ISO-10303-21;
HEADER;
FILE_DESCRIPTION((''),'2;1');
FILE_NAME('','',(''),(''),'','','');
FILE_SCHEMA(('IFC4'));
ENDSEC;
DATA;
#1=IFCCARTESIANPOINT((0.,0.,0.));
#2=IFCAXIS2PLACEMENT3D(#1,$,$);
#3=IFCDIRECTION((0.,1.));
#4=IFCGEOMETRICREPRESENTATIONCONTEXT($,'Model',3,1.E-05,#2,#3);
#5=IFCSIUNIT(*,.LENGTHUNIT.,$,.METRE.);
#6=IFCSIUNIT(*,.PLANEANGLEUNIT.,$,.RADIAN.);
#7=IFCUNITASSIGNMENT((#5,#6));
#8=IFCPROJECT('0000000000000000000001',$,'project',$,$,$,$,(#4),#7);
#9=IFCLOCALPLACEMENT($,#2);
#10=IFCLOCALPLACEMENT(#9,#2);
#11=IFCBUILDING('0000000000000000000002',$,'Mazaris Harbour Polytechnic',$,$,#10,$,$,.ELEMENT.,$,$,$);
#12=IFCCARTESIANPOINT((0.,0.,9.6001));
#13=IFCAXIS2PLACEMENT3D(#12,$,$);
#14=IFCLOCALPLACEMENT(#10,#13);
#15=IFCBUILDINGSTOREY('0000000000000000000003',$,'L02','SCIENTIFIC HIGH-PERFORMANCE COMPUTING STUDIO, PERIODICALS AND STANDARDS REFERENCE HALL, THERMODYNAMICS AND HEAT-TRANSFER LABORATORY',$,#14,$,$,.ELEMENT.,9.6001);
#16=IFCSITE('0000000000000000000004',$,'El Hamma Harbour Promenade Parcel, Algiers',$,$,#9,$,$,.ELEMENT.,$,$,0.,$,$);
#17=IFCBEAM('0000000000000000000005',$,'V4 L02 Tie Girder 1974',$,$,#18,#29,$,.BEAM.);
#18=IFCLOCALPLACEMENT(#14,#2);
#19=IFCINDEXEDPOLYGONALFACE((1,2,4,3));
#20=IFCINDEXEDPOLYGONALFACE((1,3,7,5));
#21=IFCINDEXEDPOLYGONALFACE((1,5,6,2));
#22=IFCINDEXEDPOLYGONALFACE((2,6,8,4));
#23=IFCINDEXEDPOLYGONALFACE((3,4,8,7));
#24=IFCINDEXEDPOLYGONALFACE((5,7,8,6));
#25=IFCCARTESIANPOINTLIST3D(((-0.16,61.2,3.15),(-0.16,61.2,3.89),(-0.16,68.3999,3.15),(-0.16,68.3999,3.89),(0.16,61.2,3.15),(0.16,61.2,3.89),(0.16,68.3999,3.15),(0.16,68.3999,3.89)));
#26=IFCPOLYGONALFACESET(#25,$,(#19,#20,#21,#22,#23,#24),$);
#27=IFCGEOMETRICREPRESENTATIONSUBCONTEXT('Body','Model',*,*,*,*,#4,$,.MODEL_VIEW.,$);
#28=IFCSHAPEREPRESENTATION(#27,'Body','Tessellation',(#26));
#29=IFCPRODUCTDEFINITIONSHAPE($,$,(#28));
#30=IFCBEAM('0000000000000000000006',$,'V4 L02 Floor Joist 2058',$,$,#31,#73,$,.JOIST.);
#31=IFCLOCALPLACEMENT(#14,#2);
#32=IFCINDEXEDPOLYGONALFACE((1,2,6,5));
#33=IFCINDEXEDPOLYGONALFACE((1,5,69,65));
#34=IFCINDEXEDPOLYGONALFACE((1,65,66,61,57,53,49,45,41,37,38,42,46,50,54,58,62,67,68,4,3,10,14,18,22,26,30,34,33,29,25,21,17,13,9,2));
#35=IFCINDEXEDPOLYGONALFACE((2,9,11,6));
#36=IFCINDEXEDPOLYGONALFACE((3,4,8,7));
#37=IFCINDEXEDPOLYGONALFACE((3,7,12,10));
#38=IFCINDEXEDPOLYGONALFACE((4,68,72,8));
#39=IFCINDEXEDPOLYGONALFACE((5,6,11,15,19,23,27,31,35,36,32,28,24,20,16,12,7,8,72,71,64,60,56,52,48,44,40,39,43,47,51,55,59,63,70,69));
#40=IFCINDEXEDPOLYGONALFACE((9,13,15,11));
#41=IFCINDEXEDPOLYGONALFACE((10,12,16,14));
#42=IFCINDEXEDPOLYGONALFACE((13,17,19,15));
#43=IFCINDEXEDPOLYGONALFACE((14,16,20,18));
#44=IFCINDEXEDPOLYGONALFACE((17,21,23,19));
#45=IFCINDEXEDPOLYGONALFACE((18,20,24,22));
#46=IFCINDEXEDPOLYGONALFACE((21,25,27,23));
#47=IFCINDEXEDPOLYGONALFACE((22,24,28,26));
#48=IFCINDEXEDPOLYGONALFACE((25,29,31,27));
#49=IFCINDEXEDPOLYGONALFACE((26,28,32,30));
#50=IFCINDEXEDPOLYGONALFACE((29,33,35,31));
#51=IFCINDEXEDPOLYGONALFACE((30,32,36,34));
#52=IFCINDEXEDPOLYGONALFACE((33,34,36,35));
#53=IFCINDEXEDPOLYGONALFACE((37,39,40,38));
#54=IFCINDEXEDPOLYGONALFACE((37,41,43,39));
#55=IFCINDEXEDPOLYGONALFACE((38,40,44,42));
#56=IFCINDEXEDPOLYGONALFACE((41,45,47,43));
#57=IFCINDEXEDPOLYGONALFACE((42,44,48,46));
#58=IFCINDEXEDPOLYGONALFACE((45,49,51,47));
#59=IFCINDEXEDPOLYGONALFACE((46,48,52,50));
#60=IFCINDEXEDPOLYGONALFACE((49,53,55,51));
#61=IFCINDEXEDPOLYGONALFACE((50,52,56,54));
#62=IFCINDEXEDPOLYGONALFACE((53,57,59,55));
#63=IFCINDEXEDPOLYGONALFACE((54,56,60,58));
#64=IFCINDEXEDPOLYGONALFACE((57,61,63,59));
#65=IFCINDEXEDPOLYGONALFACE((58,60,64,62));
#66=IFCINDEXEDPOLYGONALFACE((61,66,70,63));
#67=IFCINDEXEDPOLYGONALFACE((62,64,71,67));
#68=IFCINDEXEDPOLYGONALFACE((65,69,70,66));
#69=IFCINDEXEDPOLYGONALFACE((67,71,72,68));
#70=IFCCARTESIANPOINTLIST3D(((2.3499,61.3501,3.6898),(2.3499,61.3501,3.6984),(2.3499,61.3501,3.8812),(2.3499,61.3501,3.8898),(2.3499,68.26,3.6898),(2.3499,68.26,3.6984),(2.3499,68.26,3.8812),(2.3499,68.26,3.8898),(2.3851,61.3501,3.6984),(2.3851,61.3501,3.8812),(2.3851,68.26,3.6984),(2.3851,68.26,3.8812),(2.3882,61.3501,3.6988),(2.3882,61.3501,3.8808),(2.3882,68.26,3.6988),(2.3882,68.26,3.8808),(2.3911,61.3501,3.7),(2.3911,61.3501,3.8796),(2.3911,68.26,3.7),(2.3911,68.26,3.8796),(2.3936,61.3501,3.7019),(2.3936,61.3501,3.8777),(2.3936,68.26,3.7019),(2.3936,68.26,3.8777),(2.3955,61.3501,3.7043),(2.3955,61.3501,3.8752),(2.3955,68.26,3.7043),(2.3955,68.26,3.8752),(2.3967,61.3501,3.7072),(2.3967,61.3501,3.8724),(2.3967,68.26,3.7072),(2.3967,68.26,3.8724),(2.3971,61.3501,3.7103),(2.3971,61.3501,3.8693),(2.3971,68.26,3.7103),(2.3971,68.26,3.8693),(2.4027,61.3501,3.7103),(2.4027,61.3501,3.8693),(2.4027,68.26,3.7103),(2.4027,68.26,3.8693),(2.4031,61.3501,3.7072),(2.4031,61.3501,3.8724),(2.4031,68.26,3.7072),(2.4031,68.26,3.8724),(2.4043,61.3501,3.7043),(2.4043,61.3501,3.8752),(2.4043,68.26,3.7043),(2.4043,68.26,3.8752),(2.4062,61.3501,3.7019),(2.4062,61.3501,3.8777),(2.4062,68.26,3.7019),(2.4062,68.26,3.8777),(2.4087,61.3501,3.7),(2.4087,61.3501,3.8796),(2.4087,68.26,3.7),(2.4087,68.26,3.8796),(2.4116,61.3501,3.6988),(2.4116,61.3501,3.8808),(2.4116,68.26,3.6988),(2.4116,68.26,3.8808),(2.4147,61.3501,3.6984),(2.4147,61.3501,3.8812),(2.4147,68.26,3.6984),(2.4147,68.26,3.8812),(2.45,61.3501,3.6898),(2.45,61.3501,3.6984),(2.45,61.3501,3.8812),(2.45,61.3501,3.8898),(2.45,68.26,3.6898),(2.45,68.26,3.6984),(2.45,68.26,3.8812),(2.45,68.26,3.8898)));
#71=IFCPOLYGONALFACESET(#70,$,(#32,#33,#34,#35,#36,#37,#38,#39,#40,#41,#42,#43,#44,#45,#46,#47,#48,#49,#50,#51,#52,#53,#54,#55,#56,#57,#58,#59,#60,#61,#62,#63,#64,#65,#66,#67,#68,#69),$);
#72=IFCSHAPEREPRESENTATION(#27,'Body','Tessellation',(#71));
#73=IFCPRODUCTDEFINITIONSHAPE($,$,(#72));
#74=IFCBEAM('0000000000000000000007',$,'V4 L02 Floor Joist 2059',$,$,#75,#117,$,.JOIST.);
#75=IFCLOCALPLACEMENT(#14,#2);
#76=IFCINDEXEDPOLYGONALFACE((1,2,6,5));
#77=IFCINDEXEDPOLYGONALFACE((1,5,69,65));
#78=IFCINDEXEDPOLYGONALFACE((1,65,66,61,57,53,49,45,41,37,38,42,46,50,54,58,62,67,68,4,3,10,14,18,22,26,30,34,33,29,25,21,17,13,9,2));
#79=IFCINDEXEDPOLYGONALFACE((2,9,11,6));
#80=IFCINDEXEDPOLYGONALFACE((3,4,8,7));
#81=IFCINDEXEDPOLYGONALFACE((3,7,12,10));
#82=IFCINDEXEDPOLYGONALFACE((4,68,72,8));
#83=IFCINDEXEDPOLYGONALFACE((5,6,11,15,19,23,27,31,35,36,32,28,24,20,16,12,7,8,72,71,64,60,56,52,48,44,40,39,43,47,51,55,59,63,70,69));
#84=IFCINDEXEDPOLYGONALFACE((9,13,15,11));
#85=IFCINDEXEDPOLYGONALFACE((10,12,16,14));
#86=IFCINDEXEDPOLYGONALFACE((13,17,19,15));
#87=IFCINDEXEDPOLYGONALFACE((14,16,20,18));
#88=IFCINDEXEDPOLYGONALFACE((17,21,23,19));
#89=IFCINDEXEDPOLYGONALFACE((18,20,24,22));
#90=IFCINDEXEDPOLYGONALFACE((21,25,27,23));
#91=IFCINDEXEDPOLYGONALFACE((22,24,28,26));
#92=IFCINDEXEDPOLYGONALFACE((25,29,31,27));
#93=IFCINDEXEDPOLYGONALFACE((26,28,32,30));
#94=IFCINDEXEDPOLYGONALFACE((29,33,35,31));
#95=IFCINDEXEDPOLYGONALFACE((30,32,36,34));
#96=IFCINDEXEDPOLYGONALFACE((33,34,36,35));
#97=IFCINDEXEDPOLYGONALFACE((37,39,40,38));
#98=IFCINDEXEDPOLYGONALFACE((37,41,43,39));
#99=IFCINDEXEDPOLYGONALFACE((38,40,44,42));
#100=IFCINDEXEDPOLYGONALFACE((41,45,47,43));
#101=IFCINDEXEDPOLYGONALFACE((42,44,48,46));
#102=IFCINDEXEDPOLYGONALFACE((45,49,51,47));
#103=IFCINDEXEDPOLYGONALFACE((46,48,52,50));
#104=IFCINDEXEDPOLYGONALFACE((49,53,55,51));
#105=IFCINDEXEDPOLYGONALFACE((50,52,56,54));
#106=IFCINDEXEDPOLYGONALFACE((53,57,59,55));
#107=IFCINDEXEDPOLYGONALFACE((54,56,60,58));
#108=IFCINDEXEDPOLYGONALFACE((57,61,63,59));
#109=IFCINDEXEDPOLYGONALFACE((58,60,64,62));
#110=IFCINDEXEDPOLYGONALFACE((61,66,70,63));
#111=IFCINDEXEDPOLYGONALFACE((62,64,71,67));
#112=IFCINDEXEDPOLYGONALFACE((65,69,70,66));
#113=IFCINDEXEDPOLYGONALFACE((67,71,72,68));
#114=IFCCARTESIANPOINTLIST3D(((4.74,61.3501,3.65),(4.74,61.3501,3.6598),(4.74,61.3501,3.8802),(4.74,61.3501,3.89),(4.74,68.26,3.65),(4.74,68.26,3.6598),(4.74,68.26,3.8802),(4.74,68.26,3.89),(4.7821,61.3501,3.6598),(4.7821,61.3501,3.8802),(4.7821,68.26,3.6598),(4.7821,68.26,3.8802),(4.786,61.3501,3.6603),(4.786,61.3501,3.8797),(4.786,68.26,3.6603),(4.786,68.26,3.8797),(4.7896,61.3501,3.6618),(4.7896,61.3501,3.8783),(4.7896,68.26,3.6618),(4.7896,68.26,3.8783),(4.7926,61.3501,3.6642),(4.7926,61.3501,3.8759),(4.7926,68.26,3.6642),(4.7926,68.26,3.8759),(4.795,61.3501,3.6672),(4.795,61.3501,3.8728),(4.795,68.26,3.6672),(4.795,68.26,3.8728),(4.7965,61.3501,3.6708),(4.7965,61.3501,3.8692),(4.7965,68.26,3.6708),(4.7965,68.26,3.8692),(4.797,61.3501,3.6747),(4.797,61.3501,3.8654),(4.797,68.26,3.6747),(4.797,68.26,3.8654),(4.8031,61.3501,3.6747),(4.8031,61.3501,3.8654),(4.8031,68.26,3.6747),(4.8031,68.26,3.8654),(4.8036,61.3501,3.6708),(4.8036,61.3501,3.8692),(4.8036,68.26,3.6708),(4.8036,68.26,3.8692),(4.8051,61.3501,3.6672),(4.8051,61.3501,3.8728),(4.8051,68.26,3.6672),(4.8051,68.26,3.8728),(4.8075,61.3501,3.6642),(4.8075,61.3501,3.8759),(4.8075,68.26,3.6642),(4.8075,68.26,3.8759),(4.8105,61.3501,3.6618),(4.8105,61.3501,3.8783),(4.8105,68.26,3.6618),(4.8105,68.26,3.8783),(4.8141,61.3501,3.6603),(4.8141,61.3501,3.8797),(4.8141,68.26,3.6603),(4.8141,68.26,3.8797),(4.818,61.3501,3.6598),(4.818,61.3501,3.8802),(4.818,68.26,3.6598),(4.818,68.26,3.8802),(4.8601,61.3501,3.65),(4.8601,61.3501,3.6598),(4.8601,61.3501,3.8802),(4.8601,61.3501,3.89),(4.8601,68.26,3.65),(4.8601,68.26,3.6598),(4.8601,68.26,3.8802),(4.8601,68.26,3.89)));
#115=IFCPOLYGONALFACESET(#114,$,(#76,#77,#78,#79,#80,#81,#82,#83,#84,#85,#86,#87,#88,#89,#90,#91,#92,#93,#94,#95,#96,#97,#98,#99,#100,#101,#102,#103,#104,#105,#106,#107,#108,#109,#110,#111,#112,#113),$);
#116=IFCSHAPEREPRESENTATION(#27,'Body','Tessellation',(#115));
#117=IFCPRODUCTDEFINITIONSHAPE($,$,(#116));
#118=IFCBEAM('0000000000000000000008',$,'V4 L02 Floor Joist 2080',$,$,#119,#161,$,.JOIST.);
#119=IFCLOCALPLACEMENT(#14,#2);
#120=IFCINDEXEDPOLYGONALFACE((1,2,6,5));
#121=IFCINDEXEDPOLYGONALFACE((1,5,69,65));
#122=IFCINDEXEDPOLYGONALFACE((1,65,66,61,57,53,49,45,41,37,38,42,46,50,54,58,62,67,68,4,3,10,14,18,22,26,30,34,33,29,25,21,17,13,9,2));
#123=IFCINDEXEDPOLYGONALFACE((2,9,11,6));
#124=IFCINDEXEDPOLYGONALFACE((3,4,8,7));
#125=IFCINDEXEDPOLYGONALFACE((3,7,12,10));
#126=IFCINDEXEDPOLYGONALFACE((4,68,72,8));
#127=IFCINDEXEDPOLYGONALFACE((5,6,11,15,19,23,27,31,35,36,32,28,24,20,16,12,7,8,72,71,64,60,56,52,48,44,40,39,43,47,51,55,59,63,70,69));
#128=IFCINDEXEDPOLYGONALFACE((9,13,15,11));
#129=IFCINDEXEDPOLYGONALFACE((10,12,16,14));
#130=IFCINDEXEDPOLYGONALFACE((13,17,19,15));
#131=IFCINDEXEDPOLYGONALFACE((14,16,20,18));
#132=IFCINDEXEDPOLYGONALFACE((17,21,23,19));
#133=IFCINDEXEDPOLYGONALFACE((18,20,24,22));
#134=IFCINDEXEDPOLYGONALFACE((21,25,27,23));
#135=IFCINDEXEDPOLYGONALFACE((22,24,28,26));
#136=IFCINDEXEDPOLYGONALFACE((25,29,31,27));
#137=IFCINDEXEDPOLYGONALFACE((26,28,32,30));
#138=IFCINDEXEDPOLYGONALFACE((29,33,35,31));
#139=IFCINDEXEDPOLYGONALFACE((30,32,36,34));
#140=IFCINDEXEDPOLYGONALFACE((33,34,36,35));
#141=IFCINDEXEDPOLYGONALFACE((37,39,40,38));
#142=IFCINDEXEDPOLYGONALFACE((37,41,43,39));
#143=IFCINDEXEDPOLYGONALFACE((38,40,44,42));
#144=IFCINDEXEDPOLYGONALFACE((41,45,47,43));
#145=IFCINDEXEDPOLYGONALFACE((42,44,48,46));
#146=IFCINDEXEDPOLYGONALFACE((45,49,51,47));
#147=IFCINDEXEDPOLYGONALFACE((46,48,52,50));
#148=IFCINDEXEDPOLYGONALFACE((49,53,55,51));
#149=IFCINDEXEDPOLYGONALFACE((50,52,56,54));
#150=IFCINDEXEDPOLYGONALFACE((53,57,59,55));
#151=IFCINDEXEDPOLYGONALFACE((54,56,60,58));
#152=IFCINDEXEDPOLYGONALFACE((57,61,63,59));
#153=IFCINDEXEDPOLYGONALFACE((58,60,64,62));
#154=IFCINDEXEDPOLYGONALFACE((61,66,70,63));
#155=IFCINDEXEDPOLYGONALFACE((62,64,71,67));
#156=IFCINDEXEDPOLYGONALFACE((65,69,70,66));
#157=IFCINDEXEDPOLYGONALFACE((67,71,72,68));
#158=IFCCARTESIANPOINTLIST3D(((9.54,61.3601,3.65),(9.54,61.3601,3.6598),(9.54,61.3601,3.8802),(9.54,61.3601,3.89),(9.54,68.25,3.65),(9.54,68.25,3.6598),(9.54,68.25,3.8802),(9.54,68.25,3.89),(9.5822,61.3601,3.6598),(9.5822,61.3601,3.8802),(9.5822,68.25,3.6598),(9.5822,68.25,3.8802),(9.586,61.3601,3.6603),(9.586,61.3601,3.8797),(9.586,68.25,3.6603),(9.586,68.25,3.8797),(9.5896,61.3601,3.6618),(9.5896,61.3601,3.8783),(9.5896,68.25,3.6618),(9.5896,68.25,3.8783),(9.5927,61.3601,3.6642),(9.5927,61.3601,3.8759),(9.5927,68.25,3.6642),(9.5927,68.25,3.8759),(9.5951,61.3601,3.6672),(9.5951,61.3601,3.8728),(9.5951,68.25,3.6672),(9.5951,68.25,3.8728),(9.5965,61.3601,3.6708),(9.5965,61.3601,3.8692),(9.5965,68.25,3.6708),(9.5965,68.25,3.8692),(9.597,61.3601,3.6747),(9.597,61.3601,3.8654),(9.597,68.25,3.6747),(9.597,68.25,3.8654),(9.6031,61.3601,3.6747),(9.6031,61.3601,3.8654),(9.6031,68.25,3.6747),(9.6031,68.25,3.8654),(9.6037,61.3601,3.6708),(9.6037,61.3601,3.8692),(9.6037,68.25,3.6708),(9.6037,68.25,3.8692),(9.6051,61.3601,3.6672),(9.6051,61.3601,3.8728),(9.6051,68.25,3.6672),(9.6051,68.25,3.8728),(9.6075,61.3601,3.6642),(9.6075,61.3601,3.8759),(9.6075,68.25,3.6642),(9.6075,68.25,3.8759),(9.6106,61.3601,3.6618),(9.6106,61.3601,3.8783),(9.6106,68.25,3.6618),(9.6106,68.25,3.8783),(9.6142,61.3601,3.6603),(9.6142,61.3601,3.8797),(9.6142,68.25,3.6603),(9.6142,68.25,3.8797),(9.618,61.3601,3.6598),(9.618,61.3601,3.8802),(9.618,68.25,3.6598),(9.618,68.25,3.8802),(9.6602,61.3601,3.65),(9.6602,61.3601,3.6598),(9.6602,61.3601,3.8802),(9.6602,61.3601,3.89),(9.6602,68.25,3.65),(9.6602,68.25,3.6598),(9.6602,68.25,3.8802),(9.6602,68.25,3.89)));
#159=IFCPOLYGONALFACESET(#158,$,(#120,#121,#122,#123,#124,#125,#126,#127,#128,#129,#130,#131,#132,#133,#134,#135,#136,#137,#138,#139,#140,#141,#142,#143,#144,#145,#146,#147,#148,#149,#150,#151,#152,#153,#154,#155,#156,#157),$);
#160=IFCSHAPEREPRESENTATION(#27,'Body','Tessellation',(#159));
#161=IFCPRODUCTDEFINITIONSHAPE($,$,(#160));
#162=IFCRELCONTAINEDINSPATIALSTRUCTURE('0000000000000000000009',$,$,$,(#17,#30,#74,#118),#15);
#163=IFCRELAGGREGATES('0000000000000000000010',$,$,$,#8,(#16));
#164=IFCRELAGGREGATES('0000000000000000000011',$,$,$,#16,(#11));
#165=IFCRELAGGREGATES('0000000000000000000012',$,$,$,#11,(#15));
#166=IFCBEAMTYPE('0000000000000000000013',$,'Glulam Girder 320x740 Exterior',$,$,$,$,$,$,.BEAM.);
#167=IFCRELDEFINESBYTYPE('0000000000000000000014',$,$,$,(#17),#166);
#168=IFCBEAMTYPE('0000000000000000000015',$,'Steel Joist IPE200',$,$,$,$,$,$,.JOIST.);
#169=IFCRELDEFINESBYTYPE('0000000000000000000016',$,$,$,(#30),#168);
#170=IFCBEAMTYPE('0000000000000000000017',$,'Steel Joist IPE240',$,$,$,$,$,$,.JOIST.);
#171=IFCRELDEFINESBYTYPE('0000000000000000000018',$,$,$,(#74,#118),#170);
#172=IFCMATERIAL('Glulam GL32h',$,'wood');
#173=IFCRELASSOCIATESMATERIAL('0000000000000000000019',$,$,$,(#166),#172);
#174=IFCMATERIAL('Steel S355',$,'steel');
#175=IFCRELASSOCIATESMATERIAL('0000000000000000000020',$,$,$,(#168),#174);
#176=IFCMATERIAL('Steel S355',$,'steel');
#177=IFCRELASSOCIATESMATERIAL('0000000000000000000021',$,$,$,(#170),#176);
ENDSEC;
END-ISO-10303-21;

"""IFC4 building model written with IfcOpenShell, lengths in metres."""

from ifc_helpers import new_model, si_unit, direction, frame, origin, origin_2d, place, context, subcontext, project, spatial, rectangle, i_section, extrude, material, material_profile, profile_set, type_object, element, save


model = new_model("IFC4")

# Units and contexts
model_context = context("Model", 3, precision=1e-05, world=origin(), true_north=direction((0.0, 1.0)))
body_context = subcontext(model_context, "Body", "Model", "MODEL_VIEW")
ifc_project = project(units=[si_unit("LENGTHUNIT", "METRE"), si_unit("PLANEANGLEUNIT", "RADIAN")], contexts=[model_context])

# Site, building, storey
site_placement = place(None, origin())
site = spatial("IfcSite", under=ifc_project, at=site_placement, Name="El Hamma Harbour Promenade Parcel, Algiers", CompositionType="ELEMENT", RefElevation=0.0)
building_placement = place(site_placement, origin())
building = spatial("IfcBuilding", under=site, at=building_placement, Name="Mazaris Harbour Polytechnic", CompositionType="ELEMENT")
storey_placement = place(building_placement, frame((0.0, 0.0, 9.6001)))
storey = spatial("IfcBuildingStorey", under=building, at=storey_placement, Name="L02", Description="SCIENTIFIC HIGH-PERFORMANCE COMPUTING STUDIO, PERIODICALS AND STANDARDS REFERENCE HALL, THERMODYNAMICS AND HEAT-TRANSFER LABORATORY", CompositionType="ELEMENT", Elevation=9.6001)

# Beams
ifc_material_1 = material(Name="Glulam GL32h", Category="wood")
ifc_material_profile_1 = material_profile(ifc_material_1, rectangle(XDim=0.3201, YDim=0.74, at=origin_2d()), Name="RECT320x740")
ifc_profile_set_1 = profile_set([ifc_material_profile_1], Name="Glulam GL32h")
beam_type_1 = type_object("IfcBeamType", Name="Glulam Girder 320x740 Exterior", PredefinedType="BEAM", material=ifc_profile_set_1)
beam_1_placement = place(storey_placement, frame((0.0, 61.2, 3.52), z_axis=(0.0, 1.0, 0.0), x_axis=(-1.0, 0.0, 0.0)))
element("IfcBeam", 1, at=beam_1_placement, inside=storey, type_object=beam_type_1, Name="V4 L02 Tie Girder 1974", PredefinedType="BEAM", context=body_context, shape_type="SweptSolid", body=[
    extrude(rectangle(XDim=0.3201, YDim=0.74, at=origin_2d()), origin(), (0.0, 0.0, 1.0), 7.2),
])
ifc_material_2 = material(Name="Steel S355", Category="steel")
ifc_material_profile_2 = material_profile(ifc_material_2, i_section(OverallWidth=0.1001, OverallDepth=0.2, WebThickness=0.0056, FlangeThickness=0.0085, FilletRadius=0.012, at=origin_2d()), Name="IPE 200")
ifc_profile_set_2 = profile_set([ifc_material_profile_2], Name="Steel S355")
beam_type_2 = type_object("IfcBeamType", Name="Steel Joist IPE200", PredefinedType="JOIST", material=ifc_profile_set_2)
beam_2_placement = place(storey_placement, frame((2.3999, 61.3501, 3.7898), z_axis=(0.0, 1.0, 0.0), x_axis=(-1.0, 0.0, 0.0)))
element("IfcBeam", 2, at=beam_2_placement, inside=storey, type_object=beam_type_2, Name="V4 L02 Floor Joist 2058", PredefinedType="JOIST", context=body_context, shape_type="SweptSolid", body=[
    extrude(i_section(OverallWidth=0.1001, OverallDepth=0.2, WebThickness=0.0056, FlangeThickness=0.0085, FilletRadius=0.012, at=origin_2d()), origin(), (0.0, 0.0, 1.0), 6.9099),
])
ifc_material_3 = material(Name="Steel S355", Category="steel")
ifc_material_profile_3 = material_profile(ifc_material_3, i_section(OverallWidth=0.1201, OverallDepth=0.24, WebThickness=0.0061, FlangeThickness=0.0098, FilletRadius=0.0149, at=origin_2d()), Name="IPE 240")
ifc_profile_set_3 = profile_set([ifc_material_profile_3], Name="Steel S355")
beam_type_3 = type_object("IfcBeamType", Name="Steel Joist IPE240", PredefinedType="JOIST", material=ifc_profile_set_3)
beam_3_placement = place(storey_placement, frame((4.8, 61.3501, 3.77), z_axis=(0.0, 1.0, 0.0), x_axis=(-1.0, 0.0, 0.0)))
element("IfcBeam", 3, at=beam_3_placement, inside=storey, type_object=beam_type_3, Name="V4 L02 Floor Joist 2059", PredefinedType="JOIST", context=body_context, shape_type="SweptSolid", body=[
    extrude(i_section(OverallWidth=0.1201, OverallDepth=0.24, WebThickness=0.0061, FlangeThickness=0.0098, FilletRadius=0.0149, at=origin_2d()), origin(), (0.0, 0.0, 1.0), 6.9099),
])
beam_4_placement = place(storey_placement, frame((9.6001, 61.3601, 3.77), z_axis=(0.0, 1.0, 0.0), x_axis=(-1.0, 0.0, 0.0)))
element("IfcBeam", 4, at=beam_4_placement, inside=storey, type_object=beam_type_3, Name="V4 L02 Floor Joist 2080", PredefinedType="JOIST", context=body_context, shape_type="SweptSolid", body=[
    extrude(i_section(OverallWidth=0.1201, OverallDepth=0.24, WebThickness=0.0061, FlangeThickness=0.0098, FilletRadius=0.0149, at=origin_2d()), origin(), (0.0, 0.0, 1.0), 6.8899),
])

save(model, "model.ifc")
